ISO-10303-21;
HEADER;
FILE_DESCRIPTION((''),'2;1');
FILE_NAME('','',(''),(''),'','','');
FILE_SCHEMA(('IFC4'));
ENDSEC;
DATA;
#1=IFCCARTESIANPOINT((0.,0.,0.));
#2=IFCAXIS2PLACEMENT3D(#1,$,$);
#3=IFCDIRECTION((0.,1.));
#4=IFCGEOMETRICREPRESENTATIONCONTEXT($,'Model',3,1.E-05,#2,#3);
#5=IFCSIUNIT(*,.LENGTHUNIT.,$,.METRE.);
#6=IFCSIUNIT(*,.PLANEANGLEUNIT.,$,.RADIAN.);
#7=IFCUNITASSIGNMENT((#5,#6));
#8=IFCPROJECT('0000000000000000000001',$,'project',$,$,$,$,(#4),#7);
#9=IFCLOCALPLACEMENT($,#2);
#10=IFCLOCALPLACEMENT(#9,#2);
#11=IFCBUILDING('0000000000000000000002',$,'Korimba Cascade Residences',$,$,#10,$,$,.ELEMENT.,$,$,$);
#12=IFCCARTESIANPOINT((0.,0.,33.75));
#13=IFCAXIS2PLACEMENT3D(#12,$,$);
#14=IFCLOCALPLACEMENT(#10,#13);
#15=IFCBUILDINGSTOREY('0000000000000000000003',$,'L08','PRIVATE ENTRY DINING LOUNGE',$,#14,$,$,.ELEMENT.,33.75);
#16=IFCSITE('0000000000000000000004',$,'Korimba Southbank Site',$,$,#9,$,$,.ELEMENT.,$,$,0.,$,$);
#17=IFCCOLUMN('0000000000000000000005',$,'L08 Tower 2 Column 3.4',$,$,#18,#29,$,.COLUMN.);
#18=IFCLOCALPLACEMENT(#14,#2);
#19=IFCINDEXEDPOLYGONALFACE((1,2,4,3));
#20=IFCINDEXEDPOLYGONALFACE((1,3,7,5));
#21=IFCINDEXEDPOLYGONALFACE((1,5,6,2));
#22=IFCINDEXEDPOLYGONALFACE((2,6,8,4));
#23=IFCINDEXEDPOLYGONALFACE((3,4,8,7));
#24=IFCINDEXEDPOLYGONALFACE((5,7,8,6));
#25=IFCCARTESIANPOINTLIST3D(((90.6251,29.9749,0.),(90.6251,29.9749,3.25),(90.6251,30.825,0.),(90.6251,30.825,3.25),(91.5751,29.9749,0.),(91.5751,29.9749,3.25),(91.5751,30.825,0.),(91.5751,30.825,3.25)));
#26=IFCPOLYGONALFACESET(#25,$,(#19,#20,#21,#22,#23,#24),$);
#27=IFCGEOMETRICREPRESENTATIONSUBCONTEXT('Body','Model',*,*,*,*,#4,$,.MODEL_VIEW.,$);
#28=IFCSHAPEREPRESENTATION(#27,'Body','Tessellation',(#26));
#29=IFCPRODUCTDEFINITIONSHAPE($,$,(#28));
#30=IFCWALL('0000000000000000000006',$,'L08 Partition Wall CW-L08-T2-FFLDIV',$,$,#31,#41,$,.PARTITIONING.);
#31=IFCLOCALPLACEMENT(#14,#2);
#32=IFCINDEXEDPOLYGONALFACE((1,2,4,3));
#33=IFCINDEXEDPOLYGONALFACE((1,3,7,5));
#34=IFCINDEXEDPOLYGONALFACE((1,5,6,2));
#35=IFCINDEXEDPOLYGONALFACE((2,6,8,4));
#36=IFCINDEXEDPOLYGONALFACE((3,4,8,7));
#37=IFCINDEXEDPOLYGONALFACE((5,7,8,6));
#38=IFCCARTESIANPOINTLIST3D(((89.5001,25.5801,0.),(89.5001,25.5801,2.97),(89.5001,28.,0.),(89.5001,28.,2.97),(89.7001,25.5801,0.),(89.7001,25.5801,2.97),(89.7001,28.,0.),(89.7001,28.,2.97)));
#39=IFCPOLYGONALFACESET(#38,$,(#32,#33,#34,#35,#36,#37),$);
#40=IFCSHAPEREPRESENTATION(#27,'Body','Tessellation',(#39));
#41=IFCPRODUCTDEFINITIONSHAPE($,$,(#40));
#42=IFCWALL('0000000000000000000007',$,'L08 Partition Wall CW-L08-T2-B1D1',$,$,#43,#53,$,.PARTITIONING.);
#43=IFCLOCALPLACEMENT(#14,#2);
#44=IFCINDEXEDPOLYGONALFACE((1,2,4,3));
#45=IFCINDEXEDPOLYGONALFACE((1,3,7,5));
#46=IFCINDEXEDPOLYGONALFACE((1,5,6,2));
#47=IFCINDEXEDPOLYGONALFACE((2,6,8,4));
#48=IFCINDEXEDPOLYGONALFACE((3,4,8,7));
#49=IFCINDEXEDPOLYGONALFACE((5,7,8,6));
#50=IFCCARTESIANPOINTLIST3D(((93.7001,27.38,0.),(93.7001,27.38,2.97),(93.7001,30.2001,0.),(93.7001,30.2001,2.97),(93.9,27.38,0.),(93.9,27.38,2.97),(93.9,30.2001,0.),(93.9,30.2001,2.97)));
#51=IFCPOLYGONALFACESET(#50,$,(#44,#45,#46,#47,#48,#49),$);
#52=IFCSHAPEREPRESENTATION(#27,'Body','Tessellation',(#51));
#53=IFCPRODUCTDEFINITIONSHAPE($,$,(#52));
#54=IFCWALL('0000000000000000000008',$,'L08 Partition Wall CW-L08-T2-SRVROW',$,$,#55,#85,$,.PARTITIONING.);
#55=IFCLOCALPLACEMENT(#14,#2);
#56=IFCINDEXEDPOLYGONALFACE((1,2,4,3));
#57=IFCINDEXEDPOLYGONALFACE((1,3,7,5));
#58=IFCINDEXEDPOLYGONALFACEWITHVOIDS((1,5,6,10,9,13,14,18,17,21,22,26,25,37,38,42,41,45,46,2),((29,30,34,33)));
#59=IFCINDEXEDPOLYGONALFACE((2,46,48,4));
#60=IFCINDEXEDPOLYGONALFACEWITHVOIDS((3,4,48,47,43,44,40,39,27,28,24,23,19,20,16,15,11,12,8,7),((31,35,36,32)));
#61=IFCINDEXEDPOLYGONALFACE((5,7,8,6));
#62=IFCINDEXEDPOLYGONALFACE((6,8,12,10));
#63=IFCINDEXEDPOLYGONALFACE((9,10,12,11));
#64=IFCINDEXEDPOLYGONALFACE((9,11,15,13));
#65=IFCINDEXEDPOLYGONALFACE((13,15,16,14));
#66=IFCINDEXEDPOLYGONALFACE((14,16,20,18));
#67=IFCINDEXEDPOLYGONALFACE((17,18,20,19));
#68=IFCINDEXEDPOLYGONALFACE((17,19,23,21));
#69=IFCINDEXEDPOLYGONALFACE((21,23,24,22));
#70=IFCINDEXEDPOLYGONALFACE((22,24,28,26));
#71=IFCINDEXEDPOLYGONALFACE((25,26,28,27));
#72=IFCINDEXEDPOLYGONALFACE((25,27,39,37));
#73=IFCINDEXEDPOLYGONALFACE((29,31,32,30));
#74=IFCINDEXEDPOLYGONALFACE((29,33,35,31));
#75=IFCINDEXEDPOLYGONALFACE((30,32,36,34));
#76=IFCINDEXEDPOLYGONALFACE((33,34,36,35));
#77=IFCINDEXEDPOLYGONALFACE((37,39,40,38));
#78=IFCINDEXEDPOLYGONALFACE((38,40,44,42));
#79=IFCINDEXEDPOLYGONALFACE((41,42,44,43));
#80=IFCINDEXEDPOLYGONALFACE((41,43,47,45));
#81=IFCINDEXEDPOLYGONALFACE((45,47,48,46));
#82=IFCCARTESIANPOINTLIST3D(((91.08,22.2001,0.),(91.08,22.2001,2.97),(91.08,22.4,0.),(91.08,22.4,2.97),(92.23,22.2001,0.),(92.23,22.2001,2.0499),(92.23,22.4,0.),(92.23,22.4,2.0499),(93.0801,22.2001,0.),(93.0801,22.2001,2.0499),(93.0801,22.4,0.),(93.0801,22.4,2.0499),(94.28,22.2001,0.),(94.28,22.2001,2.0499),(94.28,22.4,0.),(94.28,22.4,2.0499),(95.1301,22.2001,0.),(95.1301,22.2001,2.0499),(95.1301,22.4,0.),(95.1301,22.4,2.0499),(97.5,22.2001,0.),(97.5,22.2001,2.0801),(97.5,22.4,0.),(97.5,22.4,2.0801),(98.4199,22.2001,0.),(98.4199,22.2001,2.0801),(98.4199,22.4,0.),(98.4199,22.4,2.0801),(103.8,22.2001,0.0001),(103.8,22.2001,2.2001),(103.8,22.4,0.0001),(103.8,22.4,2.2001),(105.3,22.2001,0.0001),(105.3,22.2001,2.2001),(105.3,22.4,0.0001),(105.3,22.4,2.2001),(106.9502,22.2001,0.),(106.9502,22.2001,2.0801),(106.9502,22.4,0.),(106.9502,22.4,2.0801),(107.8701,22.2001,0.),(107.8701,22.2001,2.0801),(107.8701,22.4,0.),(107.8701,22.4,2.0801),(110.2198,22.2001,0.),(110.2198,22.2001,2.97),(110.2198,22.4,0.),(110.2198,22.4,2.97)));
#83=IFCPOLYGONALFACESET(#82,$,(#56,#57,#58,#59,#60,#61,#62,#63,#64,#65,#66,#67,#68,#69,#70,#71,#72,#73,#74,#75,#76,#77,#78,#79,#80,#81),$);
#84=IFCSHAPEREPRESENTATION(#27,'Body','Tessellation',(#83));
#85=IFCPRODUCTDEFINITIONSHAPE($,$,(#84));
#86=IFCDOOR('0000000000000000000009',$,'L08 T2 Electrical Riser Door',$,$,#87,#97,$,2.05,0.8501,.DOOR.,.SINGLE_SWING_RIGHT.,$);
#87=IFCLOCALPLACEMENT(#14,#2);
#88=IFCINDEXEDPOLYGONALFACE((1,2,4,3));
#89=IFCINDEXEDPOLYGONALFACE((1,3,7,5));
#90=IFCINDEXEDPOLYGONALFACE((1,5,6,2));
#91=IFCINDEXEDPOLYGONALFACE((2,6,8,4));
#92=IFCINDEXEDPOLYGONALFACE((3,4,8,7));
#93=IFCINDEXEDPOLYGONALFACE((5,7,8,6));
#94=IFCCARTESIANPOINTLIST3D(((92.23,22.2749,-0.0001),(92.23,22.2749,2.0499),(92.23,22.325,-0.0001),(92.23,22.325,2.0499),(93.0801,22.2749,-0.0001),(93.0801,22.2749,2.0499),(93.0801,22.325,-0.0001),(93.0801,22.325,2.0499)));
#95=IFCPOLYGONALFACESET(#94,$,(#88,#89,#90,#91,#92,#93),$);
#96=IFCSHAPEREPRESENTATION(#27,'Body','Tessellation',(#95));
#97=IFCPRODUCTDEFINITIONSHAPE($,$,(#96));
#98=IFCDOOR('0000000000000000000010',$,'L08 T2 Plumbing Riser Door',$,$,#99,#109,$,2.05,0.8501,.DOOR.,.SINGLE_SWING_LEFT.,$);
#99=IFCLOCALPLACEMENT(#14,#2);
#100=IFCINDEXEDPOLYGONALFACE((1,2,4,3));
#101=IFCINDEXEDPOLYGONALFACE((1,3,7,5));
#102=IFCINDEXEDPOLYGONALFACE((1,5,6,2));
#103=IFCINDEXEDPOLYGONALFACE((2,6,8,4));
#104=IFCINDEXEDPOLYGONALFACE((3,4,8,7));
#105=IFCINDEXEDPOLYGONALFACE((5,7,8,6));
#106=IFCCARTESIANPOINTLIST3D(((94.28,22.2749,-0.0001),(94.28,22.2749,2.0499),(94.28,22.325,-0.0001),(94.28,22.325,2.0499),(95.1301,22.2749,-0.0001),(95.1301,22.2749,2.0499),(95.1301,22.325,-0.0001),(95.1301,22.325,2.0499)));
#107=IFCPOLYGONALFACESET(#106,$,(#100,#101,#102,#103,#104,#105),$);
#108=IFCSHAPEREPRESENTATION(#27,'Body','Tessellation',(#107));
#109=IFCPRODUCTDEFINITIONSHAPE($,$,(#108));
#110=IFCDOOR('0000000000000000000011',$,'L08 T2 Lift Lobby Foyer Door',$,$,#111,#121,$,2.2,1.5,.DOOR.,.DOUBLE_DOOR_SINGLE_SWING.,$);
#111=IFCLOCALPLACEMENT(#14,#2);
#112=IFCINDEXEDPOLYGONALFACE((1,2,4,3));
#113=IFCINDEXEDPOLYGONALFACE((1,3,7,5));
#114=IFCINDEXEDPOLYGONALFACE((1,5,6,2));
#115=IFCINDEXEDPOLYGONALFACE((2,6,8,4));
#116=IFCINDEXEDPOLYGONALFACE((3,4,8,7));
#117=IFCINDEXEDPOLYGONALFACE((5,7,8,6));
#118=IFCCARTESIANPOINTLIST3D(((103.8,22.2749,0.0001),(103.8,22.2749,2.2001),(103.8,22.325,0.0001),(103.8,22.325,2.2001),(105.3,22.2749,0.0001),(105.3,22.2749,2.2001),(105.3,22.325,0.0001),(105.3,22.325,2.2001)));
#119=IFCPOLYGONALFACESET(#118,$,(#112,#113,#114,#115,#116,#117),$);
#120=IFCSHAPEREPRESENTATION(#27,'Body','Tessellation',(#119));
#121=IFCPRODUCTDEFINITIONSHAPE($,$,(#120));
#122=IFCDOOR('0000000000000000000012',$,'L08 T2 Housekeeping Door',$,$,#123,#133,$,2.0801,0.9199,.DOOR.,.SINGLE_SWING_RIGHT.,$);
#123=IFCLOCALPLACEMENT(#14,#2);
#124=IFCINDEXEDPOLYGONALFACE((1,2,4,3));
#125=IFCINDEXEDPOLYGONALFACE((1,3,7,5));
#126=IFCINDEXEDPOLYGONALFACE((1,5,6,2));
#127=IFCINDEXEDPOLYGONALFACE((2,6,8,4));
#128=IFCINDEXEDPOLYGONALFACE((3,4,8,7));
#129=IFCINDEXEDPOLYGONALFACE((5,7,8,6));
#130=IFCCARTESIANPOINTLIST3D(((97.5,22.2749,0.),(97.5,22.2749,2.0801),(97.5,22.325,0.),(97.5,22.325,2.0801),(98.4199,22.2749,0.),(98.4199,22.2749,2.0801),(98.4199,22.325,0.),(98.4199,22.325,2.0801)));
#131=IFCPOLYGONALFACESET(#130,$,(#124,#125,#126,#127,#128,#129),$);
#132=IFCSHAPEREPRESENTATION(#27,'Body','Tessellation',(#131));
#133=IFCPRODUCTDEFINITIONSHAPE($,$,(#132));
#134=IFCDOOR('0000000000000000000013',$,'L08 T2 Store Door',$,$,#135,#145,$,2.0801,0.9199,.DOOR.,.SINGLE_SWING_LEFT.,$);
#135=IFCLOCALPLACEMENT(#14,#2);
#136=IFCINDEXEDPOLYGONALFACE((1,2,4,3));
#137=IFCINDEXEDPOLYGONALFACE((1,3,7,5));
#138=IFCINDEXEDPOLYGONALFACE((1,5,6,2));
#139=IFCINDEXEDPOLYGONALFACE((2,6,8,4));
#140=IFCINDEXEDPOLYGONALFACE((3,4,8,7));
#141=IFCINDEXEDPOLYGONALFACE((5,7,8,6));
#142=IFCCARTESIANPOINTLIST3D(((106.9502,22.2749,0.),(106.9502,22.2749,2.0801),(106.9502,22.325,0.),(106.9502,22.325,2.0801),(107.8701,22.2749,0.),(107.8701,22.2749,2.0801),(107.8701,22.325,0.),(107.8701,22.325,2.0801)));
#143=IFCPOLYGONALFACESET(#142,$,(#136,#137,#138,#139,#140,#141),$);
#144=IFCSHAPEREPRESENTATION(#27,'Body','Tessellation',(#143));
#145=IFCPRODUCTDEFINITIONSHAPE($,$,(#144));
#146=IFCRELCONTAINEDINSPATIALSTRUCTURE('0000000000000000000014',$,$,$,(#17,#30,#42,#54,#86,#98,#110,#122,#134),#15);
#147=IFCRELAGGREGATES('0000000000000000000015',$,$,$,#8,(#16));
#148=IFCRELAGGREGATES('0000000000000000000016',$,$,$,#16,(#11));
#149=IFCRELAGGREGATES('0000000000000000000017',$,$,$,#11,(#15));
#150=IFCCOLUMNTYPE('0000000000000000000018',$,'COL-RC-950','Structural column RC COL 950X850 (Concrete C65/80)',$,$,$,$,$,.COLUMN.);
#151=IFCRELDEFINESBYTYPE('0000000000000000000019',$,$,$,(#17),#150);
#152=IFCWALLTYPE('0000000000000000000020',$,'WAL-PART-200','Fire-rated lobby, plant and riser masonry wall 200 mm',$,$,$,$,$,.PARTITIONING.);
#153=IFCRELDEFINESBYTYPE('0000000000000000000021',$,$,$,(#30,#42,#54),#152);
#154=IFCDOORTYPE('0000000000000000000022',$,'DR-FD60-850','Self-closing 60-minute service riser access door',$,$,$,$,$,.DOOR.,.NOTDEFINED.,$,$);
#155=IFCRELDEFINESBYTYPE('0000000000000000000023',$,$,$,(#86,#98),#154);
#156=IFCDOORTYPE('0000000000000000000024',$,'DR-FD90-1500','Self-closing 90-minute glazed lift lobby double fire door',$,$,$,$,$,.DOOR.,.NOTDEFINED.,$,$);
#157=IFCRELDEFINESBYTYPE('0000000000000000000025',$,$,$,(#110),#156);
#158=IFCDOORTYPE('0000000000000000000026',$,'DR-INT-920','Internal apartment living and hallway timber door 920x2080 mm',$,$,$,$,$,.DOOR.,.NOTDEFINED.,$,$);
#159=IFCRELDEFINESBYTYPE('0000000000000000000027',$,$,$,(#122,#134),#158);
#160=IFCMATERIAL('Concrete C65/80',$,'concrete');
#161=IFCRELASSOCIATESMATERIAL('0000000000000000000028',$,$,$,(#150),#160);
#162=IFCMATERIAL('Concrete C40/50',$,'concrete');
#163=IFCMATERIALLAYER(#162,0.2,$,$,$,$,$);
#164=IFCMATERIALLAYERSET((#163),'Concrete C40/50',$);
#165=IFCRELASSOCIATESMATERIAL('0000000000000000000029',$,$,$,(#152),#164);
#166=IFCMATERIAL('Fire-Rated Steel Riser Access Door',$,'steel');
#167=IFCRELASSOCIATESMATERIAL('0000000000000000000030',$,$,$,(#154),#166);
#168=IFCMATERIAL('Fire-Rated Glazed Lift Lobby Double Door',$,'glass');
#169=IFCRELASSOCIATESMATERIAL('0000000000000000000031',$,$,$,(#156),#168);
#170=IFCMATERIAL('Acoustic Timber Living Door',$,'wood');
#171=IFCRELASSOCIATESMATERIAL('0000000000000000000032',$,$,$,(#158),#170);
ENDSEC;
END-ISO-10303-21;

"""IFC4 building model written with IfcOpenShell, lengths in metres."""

from ifc_helpers import new_model, si_unit, direction, frame, frame_2d, origin, origin_2d, place, context, subcontext, project, spatial, rectangle, extrude, material, layer, layer_set, material_profile, profile_set, type_object, element, fill, save


model = new_model("IFC4")

# Units and contexts
model_context = context("Model", 3, precision=1e-05, world=origin(), true_north=direction((0.0, 1.0)))
body_context = subcontext(model_context, "Body", "Model", "MODEL_VIEW")
ifc_project = project(units=[si_unit("LENGTHUNIT", "METRE"), si_unit("PLANEANGLEUNIT", "RADIAN")], contexts=[model_context])

# Site, building, storey
site_placement = place(None, origin())
site = spatial("IfcSite", under=ifc_project, at=site_placement, Name="Korimba Southbank Site", CompositionType="ELEMENT", RefElevation=0.0)
building_placement = place(site_placement, origin())
building = spatial("IfcBuilding", under=site, at=building_placement, Name="Korimba Cascade Residences", CompositionType="ELEMENT")
storey_placement = place(building_placement, frame((0.0, 0.0, 33.75)))
storey = spatial("IfcBuildingStorey", under=building, at=storey_placement, Name="L08", Description="PRIVATE ENTRY DINING LOUNGE", CompositionType="ELEMENT", Elevation=33.75)

# Column
ifc_material_1 = material(Name="Concrete C65/80", Category="concrete")
ifc_material_profile = material_profile(ifc_material_1, rectangle(XDim=0.95, YDim=0.8501, at=origin_2d()), Name="Concrete C65/80")
ifc_profile_set = profile_set([ifc_material_profile], Name="Concrete C65/80")
column_type = type_object("IfcColumnType", Name="COL-RC-950", Description="Structural column RC COL 950X850 (Concrete C65/80)", PredefinedType="COLUMN", material=ifc_profile_set)
column_placement = place(storey_placement, frame((91.1001, 30.3999, 0.0), z_axis=(0.0, 0.0, 1.0), x_axis=(1.0, 0.0, 0.0)))
element("IfcColumn", 1, at=column_placement, inside=storey, type_object=column_type, Name="L08 Tower 2 Column 3.4", PredefinedType="COLUMN", context=body_context, shape_type="SweptSolid", body=[
    extrude(rectangle(XDim=0.95, YDim=0.8501, at=origin_2d()), origin(), (0.0, 0.0, 1.0), 3.25),
])

# Walls
ifc_material_2 = material(Name="Concrete C40/50", Category="concrete")
ifc_layer_1 = layer(ifc_material_2, 0.2)
ifc_layer_set_1 = layer_set([ifc_layer_1], Name="Concrete C40/50")
wall_type_1 = type_object("IfcWallType", Name="WAL-PART-200", Description="Fire-rated lobby, plant and riser masonry wall 200 mm", PredefinedType="PARTITIONING", material=ifc_layer_set_1)
wall_1_placement = place(storey_placement, frame((89.6001, 25.5801, 0.0), z_axis=(0.0, 0.0, 1.0), x_axis=(0.0, 1.0, 0.0)))
element("IfcWall", 2, at=wall_1_placement, inside=storey, type_object=wall_type_1, Name="L08 Partition Wall CW-L08-T2-FFLDIV", PredefinedType="PARTITIONING", context=body_context, shape_type="SweptSolid", body=[
    extrude(rectangle(XDim=2.4199, YDim=0.2, at=frame_2d((1.21, 0.0))), origin(), (0.0, 0.0, 1.0), 2.97),
])
wall_2_placement = place(storey_placement, frame((93.8, 27.3799, 0.0), z_axis=(0.0, 0.0, 1.0), x_axis=(0.0, 1.0, 0.0)))
element("IfcWall", 3, at=wall_2_placement, inside=storey, type_object=wall_type_1, Name="L08 Partition Wall CW-L08-T2-B1D1", PredefinedType="PARTITIONING", context=body_context, shape_type="SweptSolid", body=[
    extrude(rectangle(XDim=2.8201, YDim=0.2, at=frame_2d((1.4102, 0.0))), origin(), (0.0, 0.0, 1.0), 2.97),
])

# Wall, openings, doors
wall_3_placement = place(storey_placement, frame((91.0801, 22.3, 0.0), z_axis=(0.0, 0.0, 1.0), x_axis=(1.0, 0.0, 0.0)))
wall_3 = element("IfcWall", 4, at=wall_3_placement, inside=storey, type_object=wall_type_1, Name="L08 Partition Wall CW-L08-T2-SRVROW", PredefinedType="PARTITIONING", context=body_context, shape_type="SweptSolid", body=[
    extrude(rectangle(XDim=19.1399, YDim=0.2, at=frame_2d((9.5698, 0.0))), origin(), (0.0, 0.0, 1.0), 2.97),
])
opening_1_placement = place(wall_3_placement, frame((1.1499, 0.0, 0.0)))
opening_1 = element("IfcOpeningElement", 5, at=opening_1_placement, cuts=wall_3, PredefinedType="OPENING", context=body_context, shape_type="SweptSolid", body=[
    extrude(rectangle(XDim=0.8501, YDim=2.05, at=frame_2d((0.425, 1.0249))), frame((0.0, 0.1099, 0.0), z_axis=(0.0, -1.0, 0.0), x_axis=(1.0, 0.0, 0.0)), (0.0, 0.0, 1.0), 0.22),
])
opening_2_placement = place(wall_3_placement, frame((3.2, 0.0, 0.0)))
opening_2 = element("IfcOpeningElement", 6, at=opening_2_placement, cuts=wall_3, PredefinedType="OPENING", context=body_context, shape_type="SweptSolid", body=[
    extrude(rectangle(XDim=0.8501, YDim=2.05, at=frame_2d((0.425, 1.0249))), frame((0.0, 0.1099, 0.0), z_axis=(0.0, -1.0, 0.0), x_axis=(1.0, 0.0, 0.0)), (0.0, 0.0, 1.0), 0.22),
])
opening_3_placement = place(wall_3_placement, frame((12.72, 0.0, 0.0)))
opening_3 = element("IfcOpeningElement", 7, at=opening_3_placement, cuts=wall_3, PredefinedType="OPENING", context=body_context, shape_type="SweptSolid", body=[
    extrude(rectangle(XDim=1.5, YDim=2.2, at=frame_2d((0.75, 1.1001))), frame((0.0, 0.1099, 0.0), z_axis=(0.0, -1.0, 0.0), x_axis=(1.0, 0.0, 0.0)), (0.0, 0.0, 1.0), 0.22),
])
opening_4_placement = place(wall_3_placement, frame((6.4199, 0.0, 0.0)))
opening_4 = element("IfcOpeningElement", 8, at=opening_4_placement, cuts=wall_3, PredefinedType="OPENING", context=body_context, shape_type="SweptSolid", body=[
    extrude(rectangle(XDim=0.9199, YDim=2.0801, at=frame_2d((0.46, 1.04))), frame((0.0, 0.1099, 0.0), z_axis=(0.0, -1.0, 0.0), x_axis=(1.0, 0.0, 0.0)), (0.0, 0.0, 1.0), 0.22),
])
opening_5_placement = place(wall_3_placement, frame((15.8701, 0.0, 0.0)))
opening_5 = element("IfcOpeningElement", 9, at=opening_5_placement, cuts=wall_3, PredefinedType="OPENING", context=body_context, shape_type="SweptSolid", body=[
    extrude(rectangle(XDim=0.9199, YDim=2.0801, at=frame_2d((0.46, 1.04))), frame((0.0, 0.1099, 0.0), z_axis=(0.0, -1.0, 0.0), x_axis=(1.0, 0.0, 0.0)), (0.0, 0.0, 1.0), 0.22),
])
ifc_material_3 = material(Name="Fire-Rated Steel Riser Access Door", Category="steel")
door_type_1 = type_object("IfcDoorType", Name="DR-FD60-850", Description="Self-closing 60-minute service riser access door", OperationType="NOTDEFINED", PredefinedType="DOOR", material=ifc_material_3)
door_1_placement = place(opening_1_placement, origin())
door_1 = element("IfcDoor", 10, at=door_1_placement, inside=storey, type_object=door_type_1, Name="L08 T2 Electrical Riser Door", OperationType="SINGLE_SWING_RIGHT", OverallHeight=2.05, OverallWidth=0.8501, PredefinedType="DOOR", context=body_context, shape_type="SweptSolid", body=[
    extrude(rectangle(XDim=0.8501, YDim=2.05, at=frame_2d((0.425, 1.0249))), frame((0.0, 0.0249, 0.0), z_axis=(0.0, -1.0, 0.0), x_axis=(1.0, 0.0, 0.0)), (0.0, 0.0, 1.0), 0.05),
])
fill(opening_1, door_1)
door_2_placement = place(opening_2_placement, origin())
door_2 = element("IfcDoor", 11, at=door_2_placement, inside=storey, type_object=door_type_1, Name="L08 T2 Plumbing Riser Door", OperationType="SINGLE_SWING_LEFT", OverallHeight=2.05, OverallWidth=0.8501, PredefinedType="DOOR", context=body_context, shape_type="SweptSolid", body=[
    extrude(rectangle(XDim=0.8501, YDim=2.05, at=frame_2d((0.425, 1.0249))), frame((0.0, 0.0249, 0.0), z_axis=(0.0, -1.0, 0.0), x_axis=(1.0, 0.0, 0.0)), (0.0, 0.0, 1.0), 0.05),
])
fill(opening_2, door_2)
ifc_material_4 = material(Name="Fire-Rated Glazed Lift Lobby Double Door", Category="glass")
door_type_2 = type_object("IfcDoorType", Name="DR-FD90-1500", Description="Self-closing 90-minute glazed lift lobby double fire door", OperationType="NOTDEFINED", PredefinedType="DOOR", material=ifc_material_4)
door_3_placement = place(opening_3_placement, origin())
door_3 = element("IfcDoor", 12, at=door_3_placement, inside=storey, type_object=door_type_2, Name="L08 T2 Lift Lobby Foyer Door", OperationType="DOUBLE_DOOR_SINGLE_SWING", OverallHeight=2.2, OverallWidth=1.5, PredefinedType="DOOR", context=body_context, shape_type="SweptSolid", body=[
    extrude(rectangle(XDim=1.5, YDim=2.2, at=frame_2d((0.75, 1.1001))), frame((0.0, 0.0249, 0.0), z_axis=(0.0, -1.0, 0.0), x_axis=(1.0, 0.0, 0.0)), (0.0, 0.0, 1.0), 0.05),
])
fill(opening_3, door_3)
ifc_material_5 = material(Name="Acoustic Timber Living Door", Category="wood")
door_type_3 = type_object("IfcDoorType", Name="DR-INT-920", Description="Internal apartment living and hallway timber door 920x2080 mm", OperationType="NOTDEFINED", PredefinedType="DOOR", material=ifc_material_5)
door_4_placement = place(opening_4_placement, origin())
door_4 = element("IfcDoor", 13, at=door_4_placement, inside=storey, type_object=door_type_3, Name="L08 T2 Housekeeping Door", OperationType="SINGLE_SWING_RIGHT", OverallHeight=2.0801, OverallWidth=0.9199, PredefinedType="DOOR", context=body_context, shape_type="SweptSolid", body=[
    extrude(rectangle(XDim=0.9199, YDim=2.0801, at=frame_2d((0.46, 1.04))), frame((0.0, 0.0249, 0.0), z_axis=(0.0, -1.0, 0.0), x_axis=(1.0, 0.0, 0.0)), (0.0, 0.0, 1.0), 0.05),
])
fill(opening_4, door_4)
door_5_placement = place(opening_5_placement, origin())
door_5 = element("IfcDoor", 14, at=door_5_placement, inside=storey, type_object=door_type_3, Name="L08 T2 Store Door", OperationType="SINGLE_SWING_LEFT", OverallHeight=2.0801, OverallWidth=0.9199, PredefinedType="DOOR", context=body_context, shape_type="SweptSolid", body=[
    extrude(rectangle(XDim=0.9199, YDim=2.0801, at=frame_2d((0.46, 1.04))), frame((0.0, 0.0249, 0.0), z_axis=(0.0, -1.0, 0.0), x_axis=(1.0, 0.0, 0.0)), (0.0, 0.0, 1.0), 0.05),
])
fill(opening_5, door_5)

save(model, "model.ifc")
